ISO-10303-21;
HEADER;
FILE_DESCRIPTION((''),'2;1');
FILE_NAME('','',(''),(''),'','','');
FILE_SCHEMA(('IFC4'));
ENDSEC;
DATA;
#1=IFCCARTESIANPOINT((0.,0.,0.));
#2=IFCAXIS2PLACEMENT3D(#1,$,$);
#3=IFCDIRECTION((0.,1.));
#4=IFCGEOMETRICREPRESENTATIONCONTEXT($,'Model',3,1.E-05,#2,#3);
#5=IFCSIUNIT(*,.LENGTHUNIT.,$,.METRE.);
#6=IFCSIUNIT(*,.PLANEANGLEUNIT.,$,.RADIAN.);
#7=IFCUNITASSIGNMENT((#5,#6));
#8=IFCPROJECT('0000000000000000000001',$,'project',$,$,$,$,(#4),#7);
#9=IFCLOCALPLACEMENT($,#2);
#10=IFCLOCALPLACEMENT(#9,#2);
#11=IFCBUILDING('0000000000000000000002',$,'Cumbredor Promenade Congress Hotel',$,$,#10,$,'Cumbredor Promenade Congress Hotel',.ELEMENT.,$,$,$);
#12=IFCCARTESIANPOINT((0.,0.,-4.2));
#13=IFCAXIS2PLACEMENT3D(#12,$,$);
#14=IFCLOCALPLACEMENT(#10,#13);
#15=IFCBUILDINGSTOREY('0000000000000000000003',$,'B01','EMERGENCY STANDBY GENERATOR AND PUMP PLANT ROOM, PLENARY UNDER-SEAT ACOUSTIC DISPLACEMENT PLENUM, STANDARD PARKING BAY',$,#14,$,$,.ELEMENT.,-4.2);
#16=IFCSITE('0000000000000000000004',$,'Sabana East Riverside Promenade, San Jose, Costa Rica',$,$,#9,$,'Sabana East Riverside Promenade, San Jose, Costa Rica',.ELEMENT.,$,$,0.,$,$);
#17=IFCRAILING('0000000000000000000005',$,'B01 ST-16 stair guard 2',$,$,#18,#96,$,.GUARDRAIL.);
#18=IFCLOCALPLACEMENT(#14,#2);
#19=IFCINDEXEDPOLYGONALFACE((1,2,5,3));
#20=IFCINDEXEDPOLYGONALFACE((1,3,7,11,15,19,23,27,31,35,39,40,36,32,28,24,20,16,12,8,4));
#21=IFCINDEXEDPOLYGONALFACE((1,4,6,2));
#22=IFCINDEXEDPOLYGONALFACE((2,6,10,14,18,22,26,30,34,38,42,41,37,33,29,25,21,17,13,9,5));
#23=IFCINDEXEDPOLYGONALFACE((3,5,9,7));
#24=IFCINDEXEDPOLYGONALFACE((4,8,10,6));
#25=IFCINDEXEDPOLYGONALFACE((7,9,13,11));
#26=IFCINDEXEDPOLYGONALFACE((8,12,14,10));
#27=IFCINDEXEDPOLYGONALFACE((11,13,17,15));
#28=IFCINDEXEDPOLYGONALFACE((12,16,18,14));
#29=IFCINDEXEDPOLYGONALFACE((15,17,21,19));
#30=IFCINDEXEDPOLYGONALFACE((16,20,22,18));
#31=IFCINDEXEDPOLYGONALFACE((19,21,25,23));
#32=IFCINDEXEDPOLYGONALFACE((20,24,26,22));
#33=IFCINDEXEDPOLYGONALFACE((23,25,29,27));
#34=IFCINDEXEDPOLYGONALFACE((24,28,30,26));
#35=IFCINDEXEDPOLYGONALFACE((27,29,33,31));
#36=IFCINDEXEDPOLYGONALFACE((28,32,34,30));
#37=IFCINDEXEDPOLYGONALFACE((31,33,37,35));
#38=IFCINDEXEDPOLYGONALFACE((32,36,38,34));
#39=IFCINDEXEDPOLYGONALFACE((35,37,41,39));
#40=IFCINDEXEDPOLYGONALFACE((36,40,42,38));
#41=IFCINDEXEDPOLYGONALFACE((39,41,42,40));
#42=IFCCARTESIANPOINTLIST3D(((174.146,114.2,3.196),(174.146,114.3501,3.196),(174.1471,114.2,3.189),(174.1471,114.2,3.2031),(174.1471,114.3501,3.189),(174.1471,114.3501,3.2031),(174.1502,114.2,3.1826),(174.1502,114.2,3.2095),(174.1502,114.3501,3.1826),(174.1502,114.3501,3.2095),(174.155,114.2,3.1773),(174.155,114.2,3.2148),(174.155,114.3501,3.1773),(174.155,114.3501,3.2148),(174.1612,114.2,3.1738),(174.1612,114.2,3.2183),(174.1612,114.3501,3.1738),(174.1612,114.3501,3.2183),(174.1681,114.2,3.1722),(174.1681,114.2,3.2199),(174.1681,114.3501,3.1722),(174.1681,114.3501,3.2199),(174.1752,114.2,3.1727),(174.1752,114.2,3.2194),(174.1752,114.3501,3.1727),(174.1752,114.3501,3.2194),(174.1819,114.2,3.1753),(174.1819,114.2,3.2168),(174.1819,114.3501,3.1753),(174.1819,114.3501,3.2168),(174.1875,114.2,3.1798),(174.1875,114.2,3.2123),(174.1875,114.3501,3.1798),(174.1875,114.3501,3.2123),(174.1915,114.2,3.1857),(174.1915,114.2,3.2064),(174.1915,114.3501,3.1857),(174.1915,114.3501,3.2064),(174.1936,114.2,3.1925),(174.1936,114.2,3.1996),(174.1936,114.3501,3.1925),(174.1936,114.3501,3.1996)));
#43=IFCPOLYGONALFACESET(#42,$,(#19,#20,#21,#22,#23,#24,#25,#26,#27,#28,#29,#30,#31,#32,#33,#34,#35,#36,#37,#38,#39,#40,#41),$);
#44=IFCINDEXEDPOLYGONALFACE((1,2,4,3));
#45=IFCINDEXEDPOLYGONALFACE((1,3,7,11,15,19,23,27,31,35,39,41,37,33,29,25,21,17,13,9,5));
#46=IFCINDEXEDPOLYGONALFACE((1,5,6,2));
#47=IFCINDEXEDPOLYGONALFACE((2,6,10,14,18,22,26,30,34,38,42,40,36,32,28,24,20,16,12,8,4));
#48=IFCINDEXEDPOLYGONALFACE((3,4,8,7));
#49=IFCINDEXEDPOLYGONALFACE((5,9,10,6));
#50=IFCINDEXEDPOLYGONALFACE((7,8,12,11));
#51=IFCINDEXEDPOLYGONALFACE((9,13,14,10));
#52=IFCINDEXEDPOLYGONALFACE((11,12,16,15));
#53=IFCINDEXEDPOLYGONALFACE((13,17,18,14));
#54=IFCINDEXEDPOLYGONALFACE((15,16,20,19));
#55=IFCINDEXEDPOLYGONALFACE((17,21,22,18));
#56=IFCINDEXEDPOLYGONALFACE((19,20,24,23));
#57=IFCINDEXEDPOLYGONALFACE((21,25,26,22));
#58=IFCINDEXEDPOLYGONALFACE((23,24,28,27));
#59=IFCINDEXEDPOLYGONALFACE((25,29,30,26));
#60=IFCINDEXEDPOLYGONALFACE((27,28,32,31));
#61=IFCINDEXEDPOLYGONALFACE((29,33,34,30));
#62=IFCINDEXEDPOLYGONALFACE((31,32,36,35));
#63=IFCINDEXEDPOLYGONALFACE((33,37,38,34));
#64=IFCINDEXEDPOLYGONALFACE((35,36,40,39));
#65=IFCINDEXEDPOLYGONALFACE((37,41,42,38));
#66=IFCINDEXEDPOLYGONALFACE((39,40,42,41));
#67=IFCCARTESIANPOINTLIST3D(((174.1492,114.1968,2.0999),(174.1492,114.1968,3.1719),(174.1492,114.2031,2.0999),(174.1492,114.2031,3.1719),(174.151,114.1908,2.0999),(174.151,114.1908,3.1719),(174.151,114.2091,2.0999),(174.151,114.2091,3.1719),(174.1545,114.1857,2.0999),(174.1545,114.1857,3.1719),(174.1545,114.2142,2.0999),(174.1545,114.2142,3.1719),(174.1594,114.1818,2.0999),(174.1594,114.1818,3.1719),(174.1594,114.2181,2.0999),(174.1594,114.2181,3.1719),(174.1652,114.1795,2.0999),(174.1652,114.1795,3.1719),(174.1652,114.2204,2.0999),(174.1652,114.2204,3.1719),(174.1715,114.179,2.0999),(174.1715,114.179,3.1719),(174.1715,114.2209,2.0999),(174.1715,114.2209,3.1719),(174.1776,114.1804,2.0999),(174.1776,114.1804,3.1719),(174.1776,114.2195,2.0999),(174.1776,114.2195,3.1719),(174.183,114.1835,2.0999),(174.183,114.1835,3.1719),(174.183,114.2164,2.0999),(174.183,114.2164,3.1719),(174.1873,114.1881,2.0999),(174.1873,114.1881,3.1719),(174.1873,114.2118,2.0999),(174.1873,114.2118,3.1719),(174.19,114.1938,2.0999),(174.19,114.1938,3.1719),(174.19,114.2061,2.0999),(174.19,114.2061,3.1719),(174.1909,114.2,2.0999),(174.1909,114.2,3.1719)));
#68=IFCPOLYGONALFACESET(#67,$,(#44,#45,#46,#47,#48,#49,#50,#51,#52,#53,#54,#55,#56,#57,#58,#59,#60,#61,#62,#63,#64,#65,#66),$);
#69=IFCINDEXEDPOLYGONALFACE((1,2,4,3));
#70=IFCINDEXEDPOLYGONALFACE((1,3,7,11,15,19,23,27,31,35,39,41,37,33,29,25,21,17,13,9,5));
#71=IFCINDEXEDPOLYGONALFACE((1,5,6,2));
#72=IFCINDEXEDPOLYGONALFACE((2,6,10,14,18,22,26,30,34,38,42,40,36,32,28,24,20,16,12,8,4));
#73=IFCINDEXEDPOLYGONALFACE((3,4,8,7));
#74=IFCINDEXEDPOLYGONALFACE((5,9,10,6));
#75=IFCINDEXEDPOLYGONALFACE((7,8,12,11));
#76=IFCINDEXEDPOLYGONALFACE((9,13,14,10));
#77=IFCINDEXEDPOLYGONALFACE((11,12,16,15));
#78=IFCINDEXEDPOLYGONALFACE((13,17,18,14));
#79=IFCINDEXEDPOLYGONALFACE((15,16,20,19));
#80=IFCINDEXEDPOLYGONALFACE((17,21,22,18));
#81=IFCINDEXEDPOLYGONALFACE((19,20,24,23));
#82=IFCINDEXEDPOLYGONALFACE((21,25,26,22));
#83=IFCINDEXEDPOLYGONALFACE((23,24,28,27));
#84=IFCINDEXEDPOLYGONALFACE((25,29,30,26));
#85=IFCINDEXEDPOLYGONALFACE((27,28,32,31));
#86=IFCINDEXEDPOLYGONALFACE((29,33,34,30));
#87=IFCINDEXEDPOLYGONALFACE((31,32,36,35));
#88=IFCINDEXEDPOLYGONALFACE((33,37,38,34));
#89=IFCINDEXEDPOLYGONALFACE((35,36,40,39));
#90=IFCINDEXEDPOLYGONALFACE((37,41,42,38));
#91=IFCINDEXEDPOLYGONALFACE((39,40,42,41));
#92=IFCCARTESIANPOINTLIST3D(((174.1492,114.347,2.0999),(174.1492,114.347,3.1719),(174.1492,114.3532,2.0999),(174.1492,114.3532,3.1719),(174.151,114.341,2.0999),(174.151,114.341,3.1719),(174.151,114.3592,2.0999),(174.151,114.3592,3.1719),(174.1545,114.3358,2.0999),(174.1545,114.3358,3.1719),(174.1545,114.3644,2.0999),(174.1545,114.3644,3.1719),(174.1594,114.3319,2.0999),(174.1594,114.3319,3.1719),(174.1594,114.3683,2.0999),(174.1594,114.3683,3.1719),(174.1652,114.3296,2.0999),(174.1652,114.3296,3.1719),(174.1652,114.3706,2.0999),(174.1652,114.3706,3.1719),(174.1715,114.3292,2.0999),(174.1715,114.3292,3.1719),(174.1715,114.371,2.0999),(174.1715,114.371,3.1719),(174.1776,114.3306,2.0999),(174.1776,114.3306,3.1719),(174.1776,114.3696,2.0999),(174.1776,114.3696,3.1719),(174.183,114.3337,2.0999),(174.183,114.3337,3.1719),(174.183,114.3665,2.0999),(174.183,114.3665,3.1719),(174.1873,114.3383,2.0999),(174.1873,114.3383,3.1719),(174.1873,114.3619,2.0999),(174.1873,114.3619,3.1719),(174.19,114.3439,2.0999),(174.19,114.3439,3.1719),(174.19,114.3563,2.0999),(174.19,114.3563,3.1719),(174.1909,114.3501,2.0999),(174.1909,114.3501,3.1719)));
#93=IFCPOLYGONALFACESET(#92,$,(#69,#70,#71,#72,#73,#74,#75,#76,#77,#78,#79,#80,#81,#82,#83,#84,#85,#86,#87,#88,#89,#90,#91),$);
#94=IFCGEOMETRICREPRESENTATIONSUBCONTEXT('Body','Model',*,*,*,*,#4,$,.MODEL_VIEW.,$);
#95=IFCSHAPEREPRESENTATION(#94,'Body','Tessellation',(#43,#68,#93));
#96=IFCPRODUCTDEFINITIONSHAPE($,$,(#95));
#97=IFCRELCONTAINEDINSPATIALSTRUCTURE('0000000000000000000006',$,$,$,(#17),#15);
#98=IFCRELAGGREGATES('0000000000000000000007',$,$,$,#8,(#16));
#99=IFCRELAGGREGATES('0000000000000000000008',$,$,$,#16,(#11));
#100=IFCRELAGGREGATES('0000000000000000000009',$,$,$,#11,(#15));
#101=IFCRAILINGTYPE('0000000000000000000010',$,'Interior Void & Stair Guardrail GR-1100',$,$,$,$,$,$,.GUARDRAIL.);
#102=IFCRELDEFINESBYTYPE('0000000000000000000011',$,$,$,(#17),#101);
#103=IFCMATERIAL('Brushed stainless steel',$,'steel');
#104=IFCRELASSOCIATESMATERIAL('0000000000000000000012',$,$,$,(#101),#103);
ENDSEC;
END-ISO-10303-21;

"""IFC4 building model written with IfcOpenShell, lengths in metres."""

from ifc_helpers import new_model, si_unit, direction, frame, origin, origin_2d, place, context, subcontext, project, spatial, circle, extrude, material, type_object, element, save


model = new_model("IFC4")

# Units and contexts
model_context = context("Model", 3, precision=1e-05, world=origin(), true_north=direction((0.0, 1.0)))
body_context = subcontext(model_context, "Body", "Model", "MODEL_VIEW")
ifc_project = project(units=[si_unit("LENGTHUNIT", "METRE"), si_unit("PLANEANGLEUNIT", "RADIAN")], contexts=[model_context])

# Site, building, storey
site_placement = place(None, origin())
site = spatial("IfcSite", under=ifc_project, at=site_placement, Name="Sabana East Riverside Promenade, San Jose, Costa Rica", LongName="Sabana East Riverside Promenade, San Jose, Costa Rica", CompositionType="ELEMENT", RefElevation=0.0)
building_placement = place(site_placement, origin())
building = spatial("IfcBuilding", under=site, at=building_placement, Name="Cumbredor Promenade Congress Hotel", LongName="Cumbredor Promenade Congress Hotel", CompositionType="ELEMENT")
storey_placement = place(building_placement, frame((0.0, 0.0, -4.2)))
storey = spatial("IfcBuildingStorey", under=building, at=storey_placement, Name="B01", Description="EMERGENCY STANDBY GENERATOR AND PUMP PLANT ROOM, PLENARY UNDER-SEAT ACOUSTIC DISPLACEMENT PLENUM, STANDARD PARKING BAY", CompositionType="ELEMENT", Elevation=-4.2)

# Railing
ifc_material_1 = material(Name="Brushed stainless steel", Category="steel")
railing_type_1 = type_object("IfcRailingType", Name="Interior Void & Stair Guardrail GR-1100", PredefinedType="GUARDRAIL", material=ifc_material_1)
railing_1_placement = place(storey_placement, frame((174.1699, 114.2, 2.0999)))
element("IfcRailing", 1, at=railing_1_placement, inside=storey, type_object=railing_type_1, Name="B01 ST-16 stair guard 2", PredefinedType="GUARDRAIL", context=body_context, shape_type="SweptSolid", body=[
    extrude(circle(Radius=0.0239, at=origin_2d()), frame((0.0, 0.0, 1.0962), z_axis=(0.0, 1.0, 0.0), x_axis=(-1.0, 0.0, 0.0)), (0.0, 0.0, 1.0), 0.1501),
    extrude(circle(Radius=0.021, at=origin_2d()), origin(), (0.0, 0.0, 1.0), 1.072),
    extrude(circle(Radius=0.021, at=origin_2d()), frame((0.0, 0.1501, 0.0)), (0.0, 0.0, 1.0), 1.072),
])

save(model, "model.ifc")
